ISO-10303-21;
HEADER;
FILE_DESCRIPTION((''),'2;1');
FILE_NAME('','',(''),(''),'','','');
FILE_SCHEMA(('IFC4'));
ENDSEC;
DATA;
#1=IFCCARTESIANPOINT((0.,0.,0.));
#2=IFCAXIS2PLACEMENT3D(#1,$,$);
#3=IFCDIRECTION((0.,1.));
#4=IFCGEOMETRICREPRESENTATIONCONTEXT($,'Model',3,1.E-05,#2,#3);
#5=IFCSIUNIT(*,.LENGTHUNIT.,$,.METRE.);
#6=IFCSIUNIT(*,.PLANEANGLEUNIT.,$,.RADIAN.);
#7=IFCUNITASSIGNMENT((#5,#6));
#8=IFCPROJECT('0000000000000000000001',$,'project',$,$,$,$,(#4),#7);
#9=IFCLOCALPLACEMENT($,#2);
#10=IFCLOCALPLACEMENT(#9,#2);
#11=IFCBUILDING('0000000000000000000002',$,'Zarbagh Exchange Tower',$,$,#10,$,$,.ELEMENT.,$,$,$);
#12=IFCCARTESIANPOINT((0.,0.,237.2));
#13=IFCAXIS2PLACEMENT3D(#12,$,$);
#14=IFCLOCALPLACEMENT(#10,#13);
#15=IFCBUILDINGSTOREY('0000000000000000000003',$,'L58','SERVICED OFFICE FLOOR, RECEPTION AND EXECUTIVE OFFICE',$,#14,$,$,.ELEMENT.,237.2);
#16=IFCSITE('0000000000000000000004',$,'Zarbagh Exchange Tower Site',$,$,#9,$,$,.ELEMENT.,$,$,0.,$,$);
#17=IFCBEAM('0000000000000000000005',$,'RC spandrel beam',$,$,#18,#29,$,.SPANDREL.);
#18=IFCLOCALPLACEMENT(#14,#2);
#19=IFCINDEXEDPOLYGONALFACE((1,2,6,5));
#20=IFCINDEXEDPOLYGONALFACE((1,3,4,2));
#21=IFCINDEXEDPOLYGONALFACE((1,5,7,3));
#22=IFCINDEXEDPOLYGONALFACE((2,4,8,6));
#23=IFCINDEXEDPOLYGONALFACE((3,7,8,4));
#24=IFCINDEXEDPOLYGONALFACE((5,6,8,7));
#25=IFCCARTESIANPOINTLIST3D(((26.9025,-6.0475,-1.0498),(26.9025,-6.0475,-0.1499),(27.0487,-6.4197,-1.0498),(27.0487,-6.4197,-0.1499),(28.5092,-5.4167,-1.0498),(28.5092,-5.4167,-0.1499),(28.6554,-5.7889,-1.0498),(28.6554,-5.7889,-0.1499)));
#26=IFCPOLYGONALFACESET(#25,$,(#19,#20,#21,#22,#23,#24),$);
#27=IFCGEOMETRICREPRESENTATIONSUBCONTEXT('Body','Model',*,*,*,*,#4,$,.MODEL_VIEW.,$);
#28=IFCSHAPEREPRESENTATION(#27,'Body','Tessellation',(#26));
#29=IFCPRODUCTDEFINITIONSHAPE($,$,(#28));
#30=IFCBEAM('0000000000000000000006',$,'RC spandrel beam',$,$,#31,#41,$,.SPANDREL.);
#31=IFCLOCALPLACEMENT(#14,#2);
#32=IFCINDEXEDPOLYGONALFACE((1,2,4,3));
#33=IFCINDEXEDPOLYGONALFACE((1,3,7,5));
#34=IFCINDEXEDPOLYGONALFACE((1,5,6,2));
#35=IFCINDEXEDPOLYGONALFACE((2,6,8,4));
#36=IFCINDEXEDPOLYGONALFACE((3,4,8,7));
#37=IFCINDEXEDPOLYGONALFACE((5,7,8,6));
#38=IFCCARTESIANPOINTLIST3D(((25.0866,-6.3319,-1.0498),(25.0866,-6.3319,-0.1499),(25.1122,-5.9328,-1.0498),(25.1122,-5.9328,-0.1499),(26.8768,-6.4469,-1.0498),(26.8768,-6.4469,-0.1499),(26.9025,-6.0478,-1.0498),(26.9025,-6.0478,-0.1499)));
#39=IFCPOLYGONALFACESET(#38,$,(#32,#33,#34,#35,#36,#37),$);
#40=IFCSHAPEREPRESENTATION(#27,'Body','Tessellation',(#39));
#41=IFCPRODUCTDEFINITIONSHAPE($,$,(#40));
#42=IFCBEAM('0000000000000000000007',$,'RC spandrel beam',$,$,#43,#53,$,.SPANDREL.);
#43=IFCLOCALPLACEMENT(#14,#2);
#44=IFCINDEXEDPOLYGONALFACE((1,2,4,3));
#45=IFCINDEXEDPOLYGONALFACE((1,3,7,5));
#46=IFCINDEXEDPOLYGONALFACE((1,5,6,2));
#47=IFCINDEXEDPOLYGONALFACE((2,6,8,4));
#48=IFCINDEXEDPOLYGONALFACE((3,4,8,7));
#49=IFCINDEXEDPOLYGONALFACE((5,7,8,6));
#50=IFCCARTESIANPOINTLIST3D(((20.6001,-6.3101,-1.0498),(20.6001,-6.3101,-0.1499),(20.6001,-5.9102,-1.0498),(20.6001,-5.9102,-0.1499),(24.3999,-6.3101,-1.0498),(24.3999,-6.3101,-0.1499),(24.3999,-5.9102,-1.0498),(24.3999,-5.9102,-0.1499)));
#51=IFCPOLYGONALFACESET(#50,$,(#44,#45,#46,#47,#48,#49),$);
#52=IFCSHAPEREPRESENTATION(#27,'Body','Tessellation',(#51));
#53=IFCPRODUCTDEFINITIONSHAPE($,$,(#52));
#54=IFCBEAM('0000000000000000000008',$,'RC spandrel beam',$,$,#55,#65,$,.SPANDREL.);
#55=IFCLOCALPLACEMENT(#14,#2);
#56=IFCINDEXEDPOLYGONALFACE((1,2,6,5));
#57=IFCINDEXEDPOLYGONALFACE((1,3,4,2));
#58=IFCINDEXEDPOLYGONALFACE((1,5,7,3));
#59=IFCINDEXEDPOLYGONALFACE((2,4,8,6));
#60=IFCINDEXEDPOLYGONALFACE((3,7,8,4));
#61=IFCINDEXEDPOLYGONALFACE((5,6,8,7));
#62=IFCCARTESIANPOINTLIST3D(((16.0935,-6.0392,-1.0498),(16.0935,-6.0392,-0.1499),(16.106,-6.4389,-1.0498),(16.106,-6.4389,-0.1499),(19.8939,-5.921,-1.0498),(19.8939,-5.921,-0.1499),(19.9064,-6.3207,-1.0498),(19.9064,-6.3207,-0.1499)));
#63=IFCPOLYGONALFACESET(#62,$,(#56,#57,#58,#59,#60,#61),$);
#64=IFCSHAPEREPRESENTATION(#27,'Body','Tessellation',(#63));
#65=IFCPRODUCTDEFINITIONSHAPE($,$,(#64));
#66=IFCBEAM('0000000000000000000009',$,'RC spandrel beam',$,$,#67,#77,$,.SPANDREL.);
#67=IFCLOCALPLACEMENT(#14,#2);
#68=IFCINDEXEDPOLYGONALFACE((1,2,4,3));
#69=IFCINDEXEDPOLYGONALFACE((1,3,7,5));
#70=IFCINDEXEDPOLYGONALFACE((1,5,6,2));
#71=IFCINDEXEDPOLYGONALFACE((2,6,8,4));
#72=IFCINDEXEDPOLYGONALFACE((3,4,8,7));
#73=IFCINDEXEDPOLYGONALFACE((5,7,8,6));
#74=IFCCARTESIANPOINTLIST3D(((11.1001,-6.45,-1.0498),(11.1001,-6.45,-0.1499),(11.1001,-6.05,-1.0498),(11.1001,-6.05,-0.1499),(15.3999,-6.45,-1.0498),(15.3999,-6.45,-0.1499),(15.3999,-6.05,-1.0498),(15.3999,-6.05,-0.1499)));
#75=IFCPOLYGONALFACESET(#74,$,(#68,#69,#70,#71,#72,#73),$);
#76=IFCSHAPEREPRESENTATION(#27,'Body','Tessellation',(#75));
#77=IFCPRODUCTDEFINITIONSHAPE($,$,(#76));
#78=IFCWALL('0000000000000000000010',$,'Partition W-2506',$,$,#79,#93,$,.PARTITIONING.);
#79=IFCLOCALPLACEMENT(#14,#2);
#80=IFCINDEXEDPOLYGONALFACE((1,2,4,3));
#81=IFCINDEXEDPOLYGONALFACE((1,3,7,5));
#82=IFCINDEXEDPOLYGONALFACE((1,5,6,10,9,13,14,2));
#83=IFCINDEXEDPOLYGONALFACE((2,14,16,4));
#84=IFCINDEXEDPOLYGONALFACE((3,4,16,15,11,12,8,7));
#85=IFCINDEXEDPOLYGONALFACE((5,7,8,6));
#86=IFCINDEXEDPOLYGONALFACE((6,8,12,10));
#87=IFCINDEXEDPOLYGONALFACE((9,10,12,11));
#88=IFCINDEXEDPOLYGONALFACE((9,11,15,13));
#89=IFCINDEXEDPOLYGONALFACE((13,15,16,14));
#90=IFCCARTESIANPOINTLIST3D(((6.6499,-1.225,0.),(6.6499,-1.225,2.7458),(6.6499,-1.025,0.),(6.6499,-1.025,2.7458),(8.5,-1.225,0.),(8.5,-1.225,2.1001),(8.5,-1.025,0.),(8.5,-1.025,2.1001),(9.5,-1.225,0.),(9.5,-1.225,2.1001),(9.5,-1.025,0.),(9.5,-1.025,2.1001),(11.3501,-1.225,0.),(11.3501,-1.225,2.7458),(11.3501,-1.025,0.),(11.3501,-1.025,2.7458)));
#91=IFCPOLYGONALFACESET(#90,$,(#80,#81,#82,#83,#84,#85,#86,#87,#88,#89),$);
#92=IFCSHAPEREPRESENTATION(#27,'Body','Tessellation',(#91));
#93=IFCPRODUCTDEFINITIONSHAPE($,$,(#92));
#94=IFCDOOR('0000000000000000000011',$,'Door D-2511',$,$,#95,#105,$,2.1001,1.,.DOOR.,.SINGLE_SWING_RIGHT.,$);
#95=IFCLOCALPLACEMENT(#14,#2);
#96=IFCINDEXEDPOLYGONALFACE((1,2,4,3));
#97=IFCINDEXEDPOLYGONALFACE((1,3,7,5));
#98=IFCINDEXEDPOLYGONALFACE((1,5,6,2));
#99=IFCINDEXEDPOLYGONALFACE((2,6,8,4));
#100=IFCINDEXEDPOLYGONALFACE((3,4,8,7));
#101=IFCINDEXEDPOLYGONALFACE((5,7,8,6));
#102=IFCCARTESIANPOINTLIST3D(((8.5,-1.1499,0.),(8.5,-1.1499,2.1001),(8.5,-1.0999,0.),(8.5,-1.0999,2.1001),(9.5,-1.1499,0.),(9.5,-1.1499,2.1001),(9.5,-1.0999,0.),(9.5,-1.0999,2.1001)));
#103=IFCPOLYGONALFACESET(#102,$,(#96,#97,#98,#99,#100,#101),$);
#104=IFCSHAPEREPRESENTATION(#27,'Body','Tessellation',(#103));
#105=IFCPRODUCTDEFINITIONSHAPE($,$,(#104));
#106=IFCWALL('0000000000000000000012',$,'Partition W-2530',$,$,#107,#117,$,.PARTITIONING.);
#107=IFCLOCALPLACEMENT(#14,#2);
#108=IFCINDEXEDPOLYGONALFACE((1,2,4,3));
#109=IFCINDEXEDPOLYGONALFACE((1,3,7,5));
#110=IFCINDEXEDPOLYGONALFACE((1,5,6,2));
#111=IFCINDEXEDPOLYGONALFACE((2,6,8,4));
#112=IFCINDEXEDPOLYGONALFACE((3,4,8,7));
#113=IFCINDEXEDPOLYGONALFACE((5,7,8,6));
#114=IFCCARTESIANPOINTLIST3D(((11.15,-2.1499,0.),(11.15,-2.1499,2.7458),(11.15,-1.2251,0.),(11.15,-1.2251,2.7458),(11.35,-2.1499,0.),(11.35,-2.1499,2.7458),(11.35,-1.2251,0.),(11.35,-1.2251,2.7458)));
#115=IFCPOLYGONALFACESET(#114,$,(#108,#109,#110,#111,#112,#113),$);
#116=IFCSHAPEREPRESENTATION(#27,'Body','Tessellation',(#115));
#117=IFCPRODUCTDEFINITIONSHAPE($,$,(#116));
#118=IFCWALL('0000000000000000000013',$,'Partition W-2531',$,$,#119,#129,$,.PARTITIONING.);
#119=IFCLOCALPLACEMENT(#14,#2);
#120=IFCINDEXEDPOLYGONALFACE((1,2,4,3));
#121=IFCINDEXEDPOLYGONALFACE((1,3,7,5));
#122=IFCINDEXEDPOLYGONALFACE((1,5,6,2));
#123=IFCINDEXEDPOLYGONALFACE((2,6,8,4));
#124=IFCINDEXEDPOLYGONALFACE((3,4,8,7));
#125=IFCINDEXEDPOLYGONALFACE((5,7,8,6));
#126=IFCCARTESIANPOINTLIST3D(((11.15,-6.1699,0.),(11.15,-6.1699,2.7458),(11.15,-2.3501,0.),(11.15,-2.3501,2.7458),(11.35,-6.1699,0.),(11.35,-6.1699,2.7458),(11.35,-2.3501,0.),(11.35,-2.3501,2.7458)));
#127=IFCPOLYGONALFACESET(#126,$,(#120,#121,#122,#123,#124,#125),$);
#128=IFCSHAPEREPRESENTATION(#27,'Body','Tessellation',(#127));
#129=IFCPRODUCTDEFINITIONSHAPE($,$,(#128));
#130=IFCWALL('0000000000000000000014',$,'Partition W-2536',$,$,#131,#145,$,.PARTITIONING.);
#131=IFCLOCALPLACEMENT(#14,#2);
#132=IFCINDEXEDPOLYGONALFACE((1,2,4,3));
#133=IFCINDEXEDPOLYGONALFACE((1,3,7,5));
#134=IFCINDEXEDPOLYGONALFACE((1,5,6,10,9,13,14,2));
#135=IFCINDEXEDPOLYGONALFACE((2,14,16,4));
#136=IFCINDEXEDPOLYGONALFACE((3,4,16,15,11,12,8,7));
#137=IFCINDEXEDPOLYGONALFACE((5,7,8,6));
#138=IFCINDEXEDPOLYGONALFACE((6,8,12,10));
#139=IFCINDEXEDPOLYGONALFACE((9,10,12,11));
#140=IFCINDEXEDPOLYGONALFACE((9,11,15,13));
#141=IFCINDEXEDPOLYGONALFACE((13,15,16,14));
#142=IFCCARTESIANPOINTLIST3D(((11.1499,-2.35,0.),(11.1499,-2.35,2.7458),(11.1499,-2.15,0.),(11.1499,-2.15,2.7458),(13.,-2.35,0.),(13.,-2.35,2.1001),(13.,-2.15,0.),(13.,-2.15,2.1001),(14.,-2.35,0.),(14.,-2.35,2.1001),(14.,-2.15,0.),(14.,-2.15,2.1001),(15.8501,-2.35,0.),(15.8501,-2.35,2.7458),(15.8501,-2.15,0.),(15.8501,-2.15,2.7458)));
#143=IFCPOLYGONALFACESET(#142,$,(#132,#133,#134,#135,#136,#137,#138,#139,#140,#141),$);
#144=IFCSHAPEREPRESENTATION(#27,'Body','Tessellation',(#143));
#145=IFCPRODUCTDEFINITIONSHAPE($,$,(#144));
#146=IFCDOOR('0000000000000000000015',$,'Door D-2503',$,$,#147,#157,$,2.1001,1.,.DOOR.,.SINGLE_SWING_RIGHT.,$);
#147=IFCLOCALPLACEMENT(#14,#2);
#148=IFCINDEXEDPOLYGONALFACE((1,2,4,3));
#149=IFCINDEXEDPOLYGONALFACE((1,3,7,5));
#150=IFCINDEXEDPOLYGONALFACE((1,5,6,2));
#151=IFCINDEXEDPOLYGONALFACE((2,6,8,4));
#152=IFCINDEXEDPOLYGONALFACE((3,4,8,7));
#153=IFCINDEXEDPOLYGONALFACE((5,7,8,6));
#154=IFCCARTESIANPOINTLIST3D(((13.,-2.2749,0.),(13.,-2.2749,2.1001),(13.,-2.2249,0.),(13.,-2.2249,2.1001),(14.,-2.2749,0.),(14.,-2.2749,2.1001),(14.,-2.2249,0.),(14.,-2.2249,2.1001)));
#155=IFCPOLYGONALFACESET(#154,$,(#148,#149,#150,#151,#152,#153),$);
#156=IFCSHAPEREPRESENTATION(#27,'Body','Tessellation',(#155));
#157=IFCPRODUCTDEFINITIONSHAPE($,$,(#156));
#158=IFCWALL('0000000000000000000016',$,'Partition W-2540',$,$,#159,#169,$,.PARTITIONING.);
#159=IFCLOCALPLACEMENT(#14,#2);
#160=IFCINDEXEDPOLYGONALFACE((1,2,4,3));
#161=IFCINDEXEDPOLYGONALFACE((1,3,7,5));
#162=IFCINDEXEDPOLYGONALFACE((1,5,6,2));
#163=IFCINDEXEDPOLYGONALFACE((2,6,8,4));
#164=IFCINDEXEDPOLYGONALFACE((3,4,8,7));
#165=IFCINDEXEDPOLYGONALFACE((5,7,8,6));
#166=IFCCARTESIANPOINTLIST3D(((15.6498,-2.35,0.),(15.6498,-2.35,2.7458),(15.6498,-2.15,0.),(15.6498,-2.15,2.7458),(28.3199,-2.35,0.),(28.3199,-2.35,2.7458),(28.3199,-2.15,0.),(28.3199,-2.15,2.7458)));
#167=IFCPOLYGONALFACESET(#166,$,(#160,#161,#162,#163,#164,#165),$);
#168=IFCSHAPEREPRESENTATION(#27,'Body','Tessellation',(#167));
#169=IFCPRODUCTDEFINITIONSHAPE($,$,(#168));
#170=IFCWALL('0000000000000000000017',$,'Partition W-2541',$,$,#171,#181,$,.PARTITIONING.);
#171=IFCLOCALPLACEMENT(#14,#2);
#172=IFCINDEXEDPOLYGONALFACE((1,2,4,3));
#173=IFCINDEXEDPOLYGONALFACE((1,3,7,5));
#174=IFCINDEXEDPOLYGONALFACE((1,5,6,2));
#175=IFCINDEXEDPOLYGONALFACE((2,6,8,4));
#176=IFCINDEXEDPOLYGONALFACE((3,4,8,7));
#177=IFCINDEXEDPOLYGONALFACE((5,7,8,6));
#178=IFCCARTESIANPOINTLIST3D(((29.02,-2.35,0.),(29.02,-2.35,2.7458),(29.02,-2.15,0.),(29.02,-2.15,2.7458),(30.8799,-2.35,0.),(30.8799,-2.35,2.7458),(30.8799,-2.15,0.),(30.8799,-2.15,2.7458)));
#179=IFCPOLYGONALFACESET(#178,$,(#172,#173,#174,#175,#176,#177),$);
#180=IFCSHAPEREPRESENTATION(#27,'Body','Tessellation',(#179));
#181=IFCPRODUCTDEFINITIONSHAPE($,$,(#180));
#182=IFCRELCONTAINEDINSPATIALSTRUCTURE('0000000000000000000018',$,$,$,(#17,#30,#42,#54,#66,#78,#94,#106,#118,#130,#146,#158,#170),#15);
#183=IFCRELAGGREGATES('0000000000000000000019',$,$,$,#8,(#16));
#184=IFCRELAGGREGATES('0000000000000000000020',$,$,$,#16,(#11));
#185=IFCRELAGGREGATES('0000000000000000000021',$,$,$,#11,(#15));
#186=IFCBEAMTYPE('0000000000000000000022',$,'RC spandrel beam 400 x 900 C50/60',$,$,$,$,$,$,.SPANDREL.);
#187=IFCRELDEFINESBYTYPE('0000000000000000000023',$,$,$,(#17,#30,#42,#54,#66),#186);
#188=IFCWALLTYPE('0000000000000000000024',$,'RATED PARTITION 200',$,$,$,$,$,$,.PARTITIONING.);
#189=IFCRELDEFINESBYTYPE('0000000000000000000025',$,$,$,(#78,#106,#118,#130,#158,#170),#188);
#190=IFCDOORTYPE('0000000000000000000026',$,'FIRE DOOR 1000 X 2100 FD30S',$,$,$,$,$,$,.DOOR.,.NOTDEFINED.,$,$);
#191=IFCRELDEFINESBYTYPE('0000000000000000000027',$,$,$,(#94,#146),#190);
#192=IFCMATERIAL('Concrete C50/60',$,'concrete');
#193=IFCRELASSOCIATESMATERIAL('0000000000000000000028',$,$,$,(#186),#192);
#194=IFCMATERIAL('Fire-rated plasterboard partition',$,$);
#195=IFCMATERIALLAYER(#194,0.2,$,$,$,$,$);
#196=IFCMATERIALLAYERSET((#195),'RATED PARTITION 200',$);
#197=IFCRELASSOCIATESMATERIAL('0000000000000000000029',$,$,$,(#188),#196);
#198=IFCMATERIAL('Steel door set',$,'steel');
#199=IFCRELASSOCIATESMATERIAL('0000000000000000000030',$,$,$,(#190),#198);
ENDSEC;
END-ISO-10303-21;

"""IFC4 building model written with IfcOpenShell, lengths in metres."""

from ifc_helpers import new_model, si_unit, direction, frame, frame_2d, origin, origin_2d, place, context, subcontext, project, spatial, rectangle, extrude, material, layer, layer_set, material_profile, profile_set, type_object, element, fill, save


model = new_model("IFC4")

# Units and contexts
model_context = context("Model", 3, precision=1e-05, world=origin(), true_north=direction((0.0, 1.0)))
body_context = subcontext(model_context, "Body", "Model", "MODEL_VIEW")
ifc_project = project(units=[si_unit("LENGTHUNIT", "METRE"), si_unit("PLANEANGLEUNIT", "RADIAN")], contexts=[model_context])

# Site, building, storey
site_placement = place(None, origin())
site = spatial("IfcSite", under=ifc_project, at=site_placement, Name="Zarbagh Exchange Tower Site", CompositionType="ELEMENT", RefElevation=0.0)
building_placement = place(site_placement, origin())
building = spatial("IfcBuilding", under=site, at=building_placement, Name="Zarbagh Exchange Tower", CompositionType="ELEMENT")
storey_placement = place(building_placement, frame((0.0, 0.0, 237.2)))
storey = spatial("IfcBuildingStorey", under=building, at=storey_placement, Name="L58", Description="SERVICED OFFICE FLOOR, RECEPTION AND EXECUTIVE OFFICE", CompositionType="ELEMENT", Elevation=237.2)

# Shared definitions
ifc_material_1 = material(Name="Concrete C50/60", Category="concrete")

# Beams
ifc_material_profile_1 = material_profile(ifc_material_1, rectangle(XDim=0.3999, YDim=0.8999, at=origin_2d()), Name="RC spandrel beam 400 x 900 C50/60")
ifc_profile_set_1 = profile_set([ifc_material_profile_1], Name="Concrete C50/60")
beam_type_1 = type_object("IfcBeamType", Name="RC spandrel beam 400 x 900 C50/60", PredefinedType="SPANDREL", material=ifc_profile_set_1)
beam_1_placement = place(storey_placement, frame((28.5823, -5.6028, -0.5999), z_axis=(-0.930819, -0.365482, 0.0), x_axis=(0.365482, -0.930819, 0.0)))
element("IfcBeam", 1, at=beam_1_placement, inside=storey, type_object=beam_type_1, Name="RC spandrel beam", PredefinedType="SPANDREL", context=body_context, shape_type="SweptSolid", body=[
    extrude(rectangle(XDim=0.3999, YDim=0.8999, at=origin_2d()), origin(), (0.0, 0.0, 1.0), 1.7261),
])
beam_2_placement = place(storey_placement, frame((26.8896, -6.2473, -0.5999), z_axis=(-0.997944, 0.064098, 0.0), x_axis=(-0.064098, -0.997944, 0.0)))
element("IfcBeam", 2, at=beam_2_placement, inside=storey, type_object=beam_type_1, Name="RC spandrel beam", PredefinedType="SPANDREL", context=body_context, shape_type="SweptSolid", body=[
    extrude(rectangle(XDim=0.3999, YDim=0.8999, at=origin_2d()), origin(), (0.0, 0.0, 1.0), 1.7939),
])
beam_3_placement = place(storey_placement, frame((24.3999, -6.1101, -0.5999), z_axis=(-1.0, 0.0, 0.0), x_axis=(0.0, -1.0, 0.0)))
element("IfcBeam", 3, at=beam_3_placement, inside=storey, type_object=beam_type_1, Name="RC spandrel beam", PredefinedType="SPANDREL", context=body_context, shape_type="SweptSolid", body=[
    extrude(rectangle(XDim=0.3999, YDim=0.8999, at=origin_2d()), origin(), (0.0, 0.0, 1.0), 3.7998),
])
beam_4_placement = place(storey_placement, frame((19.9001, -6.1208, -0.5999), z_axis=(-0.999517, -0.031078, 0.0), x_axis=(0.031078, -0.999517, 0.0)))
element("IfcBeam", 4, at=beam_4_placement, inside=storey, type_object=beam_type_1, Name="RC spandrel beam", PredefinedType="SPANDREL", context=body_context, shape_type="SweptSolid", body=[
    extrude(rectangle(XDim=0.3999, YDim=0.8999, at=origin_2d()), origin(), (0.0, 0.0, 1.0), 3.8022),
])
beam_5_placement = place(storey_placement, frame((15.3999, -6.25, -0.5999), z_axis=(-1.0, 0.0, 0.0), x_axis=(0.0, -1.0, 0.0)))
element("IfcBeam", 5, at=beam_5_placement, inside=storey, type_object=beam_type_1, Name="RC spandrel beam", PredefinedType="SPANDREL", context=body_context, shape_type="SweptSolid", body=[
    extrude(rectangle(XDim=0.3999, YDim=0.8999, at=origin_2d()), origin(), (0.0, 0.0, 1.0), 4.2998),
])

# Wall, opening, door
ifc_material_2 = material(Name="Fire-rated plasterboard partition")
ifc_layer = layer(ifc_material_2, 0.2)
ifc_layer_set = layer_set([ifc_layer], Name="RATED PARTITION 200")
wall_type = type_object("IfcWallType", Name="RATED PARTITION 200", PredefinedType="PARTITIONING", material=ifc_layer_set)
wall_1_placement = place(storey_placement, frame((11.3501, -1.125, 0.0), z_axis=(0.0, 0.0, 1.0), x_axis=(-1.0, 0.0, 0.0)))
wall_1 = element("IfcWall", 6, at=wall_1_placement, inside=storey, type_object=wall_type, Name="Partition W-2506", PredefinedType="PARTITIONING", context=body_context, shape_type="SweptSolid", body=[
    extrude(rectangle(XDim=4.7002, YDim=0.2, at=frame_2d((2.3501, 0.0))), origin(), (0.0, 0.0, 1.0), 2.7458),
])
opening_1_placement = place(wall_1_placement, frame((1.8501, 0.0, 0.0)))
opening_1 = element("IfcOpeningElement", 7, at=opening_1_placement, cuts=wall_1, PredefinedType="OPENING", context=body_context, shape_type="SweptSolid", body=[
    extrude(rectangle(XDim=1.0, YDim=2.1001, at=frame_2d((0.5, 1.05))), frame((0.0, 0.1099, 0.0), z_axis=(0.0, -1.0, 0.0), x_axis=(1.0, 0.0, 0.0)), (0.0, 0.0, 1.0), 0.22),
])
ifc_material_3 = material(Name="Steel door set", Category="steel")
door_type = type_object("IfcDoorType", Name="FIRE DOOR 1000 X 2100 FD30S", OperationType="NOTDEFINED", PredefinedType="DOOR", material=ifc_material_3)
door_1_placement = place(opening_1_placement, origin())
door_1 = element("IfcDoor", 8, at=door_1_placement, inside=storey, type_object=door_type, Name="Door D-2511", OperationType="SINGLE_SWING_RIGHT", OverallHeight=2.1001, OverallWidth=1.0, PredefinedType="DOOR", context=body_context, shape_type="SweptSolid", body=[
    extrude(rectangle(XDim=1.0, YDim=2.1001, at=frame_2d((0.5, 1.05))), frame((0.0, 0.0249, 0.0), z_axis=(0.0, -1.0, 0.0), x_axis=(1.0, 0.0, 0.0)), (0.0, 0.0, 1.0), 0.05),
])
fill(opening_1, door_1)

# Walls
wall_2_placement = place(storey_placement, frame((11.25, -2.1499, 0.0), z_axis=(0.0, 0.0, 1.0), x_axis=(0.0, 1.0, 0.0)))
element("IfcWall", 9, at=wall_2_placement, inside=storey, type_object=wall_type, Name="Partition W-2530", PredefinedType="PARTITIONING", context=body_context, shape_type="SweptSolid", body=[
    extrude(rectangle(XDim=0.9248, YDim=0.2, at=frame_2d((0.4624, 0.0))), origin(), (0.0, 0.0, 1.0), 2.7458),
])
wall_3_placement = place(storey_placement, frame((11.25, -6.1699, 0.0), z_axis=(0.0, 0.0, 1.0), x_axis=(0.0, 1.0, 0.0)))
element("IfcWall", 10, at=wall_3_placement, inside=storey, type_object=wall_type, Name="Partition W-2531", PredefinedType="PARTITIONING", context=body_context, shape_type="SweptSolid", body=[
    extrude(rectangle(XDim=3.8198, YDim=0.2, at=frame_2d((1.9099, 0.0))), origin(), (0.0, 0.0, 1.0), 2.7458),
])

# Wall, opening, door
wall_4_placement = place(storey_placement, frame((15.8501, -2.25, 0.0), z_axis=(0.0, 0.0, 1.0), x_axis=(-1.0, 0.0, 0.0)))
wall_4 = element("IfcWall", 11, at=wall_4_placement, inside=storey, type_object=wall_type, Name="Partition W-2536", PredefinedType="PARTITIONING", context=body_context, shape_type="SweptSolid", body=[
    extrude(rectangle(XDim=4.7002, YDim=0.2, at=frame_2d((2.3501, 0.0))), origin(), (0.0, 0.0, 1.0), 2.7458),
])
opening_2_placement = place(wall_4_placement, frame((1.8501, 0.0, 0.0)))
opening_2 = element("IfcOpeningElement", 12, at=opening_2_placement, cuts=wall_4, PredefinedType="OPENING", context=body_context, shape_type="SweptSolid", body=[
    extrude(rectangle(XDim=1.0, YDim=2.1001, at=frame_2d((0.5, 1.05))), frame((0.0, 0.1099, 0.0), z_axis=(0.0, -1.0, 0.0), x_axis=(1.0, 0.0, 0.0)), (0.0, 0.0, 1.0), 0.22),
])
door_2_placement = place(opening_2_placement, origin())
door_2 = element("IfcDoor", 13, at=door_2_placement, inside=storey, type_object=door_type, Name="Door D-2503", OperationType="SINGLE_SWING_RIGHT", OverallHeight=2.1001, OverallWidth=1.0, PredefinedType="DOOR", context=body_context, shape_type="SweptSolid", body=[
    extrude(rectangle(XDim=1.0, YDim=2.1001, at=frame_2d((0.5, 1.05))), frame((0.0, 0.0249, 0.0), z_axis=(0.0, -1.0, 0.0), x_axis=(1.0, 0.0, 0.0)), (0.0, 0.0, 1.0), 0.05),
])
fill(opening_2, door_2)

# Walls
wall_5_placement = place(storey_placement, frame((15.6499, -2.25, 0.0), z_axis=(0.0, 0.0, 1.0), x_axis=(1.0, 0.0, 0.0)))
element("IfcWall", 14, at=wall_5_placement, inside=storey, type_object=wall_type, Name="Partition W-2540", PredefinedType="PARTITIONING", context=body_context, shape_type="SweptSolid", body=[
    extrude(rectangle(XDim=12.6702, YDim=0.2, at=frame_2d((6.335, 0.0))), origin(), (0.0, 0.0, 1.0), 2.7458),
])
wall_6_placement = place(storey_placement, frame((29.02, -2.25, 0.0), z_axis=(0.0, 0.0, 1.0), x_axis=(1.0, 0.0, 0.0)))
element("IfcWall", 15, at=wall_6_placement, inside=storey, type_object=wall_type, Name="Partition W-2541", PredefinedType="PARTITIONING", context=body_context, shape_type="SweptSolid", body=[
    extrude(rectangle(XDim=1.8599, YDim=0.2, at=frame_2d((0.9299, 0.0))), origin(), (0.0, 0.0, 1.0), 2.7458),
])

save(model, "model.ifc")
